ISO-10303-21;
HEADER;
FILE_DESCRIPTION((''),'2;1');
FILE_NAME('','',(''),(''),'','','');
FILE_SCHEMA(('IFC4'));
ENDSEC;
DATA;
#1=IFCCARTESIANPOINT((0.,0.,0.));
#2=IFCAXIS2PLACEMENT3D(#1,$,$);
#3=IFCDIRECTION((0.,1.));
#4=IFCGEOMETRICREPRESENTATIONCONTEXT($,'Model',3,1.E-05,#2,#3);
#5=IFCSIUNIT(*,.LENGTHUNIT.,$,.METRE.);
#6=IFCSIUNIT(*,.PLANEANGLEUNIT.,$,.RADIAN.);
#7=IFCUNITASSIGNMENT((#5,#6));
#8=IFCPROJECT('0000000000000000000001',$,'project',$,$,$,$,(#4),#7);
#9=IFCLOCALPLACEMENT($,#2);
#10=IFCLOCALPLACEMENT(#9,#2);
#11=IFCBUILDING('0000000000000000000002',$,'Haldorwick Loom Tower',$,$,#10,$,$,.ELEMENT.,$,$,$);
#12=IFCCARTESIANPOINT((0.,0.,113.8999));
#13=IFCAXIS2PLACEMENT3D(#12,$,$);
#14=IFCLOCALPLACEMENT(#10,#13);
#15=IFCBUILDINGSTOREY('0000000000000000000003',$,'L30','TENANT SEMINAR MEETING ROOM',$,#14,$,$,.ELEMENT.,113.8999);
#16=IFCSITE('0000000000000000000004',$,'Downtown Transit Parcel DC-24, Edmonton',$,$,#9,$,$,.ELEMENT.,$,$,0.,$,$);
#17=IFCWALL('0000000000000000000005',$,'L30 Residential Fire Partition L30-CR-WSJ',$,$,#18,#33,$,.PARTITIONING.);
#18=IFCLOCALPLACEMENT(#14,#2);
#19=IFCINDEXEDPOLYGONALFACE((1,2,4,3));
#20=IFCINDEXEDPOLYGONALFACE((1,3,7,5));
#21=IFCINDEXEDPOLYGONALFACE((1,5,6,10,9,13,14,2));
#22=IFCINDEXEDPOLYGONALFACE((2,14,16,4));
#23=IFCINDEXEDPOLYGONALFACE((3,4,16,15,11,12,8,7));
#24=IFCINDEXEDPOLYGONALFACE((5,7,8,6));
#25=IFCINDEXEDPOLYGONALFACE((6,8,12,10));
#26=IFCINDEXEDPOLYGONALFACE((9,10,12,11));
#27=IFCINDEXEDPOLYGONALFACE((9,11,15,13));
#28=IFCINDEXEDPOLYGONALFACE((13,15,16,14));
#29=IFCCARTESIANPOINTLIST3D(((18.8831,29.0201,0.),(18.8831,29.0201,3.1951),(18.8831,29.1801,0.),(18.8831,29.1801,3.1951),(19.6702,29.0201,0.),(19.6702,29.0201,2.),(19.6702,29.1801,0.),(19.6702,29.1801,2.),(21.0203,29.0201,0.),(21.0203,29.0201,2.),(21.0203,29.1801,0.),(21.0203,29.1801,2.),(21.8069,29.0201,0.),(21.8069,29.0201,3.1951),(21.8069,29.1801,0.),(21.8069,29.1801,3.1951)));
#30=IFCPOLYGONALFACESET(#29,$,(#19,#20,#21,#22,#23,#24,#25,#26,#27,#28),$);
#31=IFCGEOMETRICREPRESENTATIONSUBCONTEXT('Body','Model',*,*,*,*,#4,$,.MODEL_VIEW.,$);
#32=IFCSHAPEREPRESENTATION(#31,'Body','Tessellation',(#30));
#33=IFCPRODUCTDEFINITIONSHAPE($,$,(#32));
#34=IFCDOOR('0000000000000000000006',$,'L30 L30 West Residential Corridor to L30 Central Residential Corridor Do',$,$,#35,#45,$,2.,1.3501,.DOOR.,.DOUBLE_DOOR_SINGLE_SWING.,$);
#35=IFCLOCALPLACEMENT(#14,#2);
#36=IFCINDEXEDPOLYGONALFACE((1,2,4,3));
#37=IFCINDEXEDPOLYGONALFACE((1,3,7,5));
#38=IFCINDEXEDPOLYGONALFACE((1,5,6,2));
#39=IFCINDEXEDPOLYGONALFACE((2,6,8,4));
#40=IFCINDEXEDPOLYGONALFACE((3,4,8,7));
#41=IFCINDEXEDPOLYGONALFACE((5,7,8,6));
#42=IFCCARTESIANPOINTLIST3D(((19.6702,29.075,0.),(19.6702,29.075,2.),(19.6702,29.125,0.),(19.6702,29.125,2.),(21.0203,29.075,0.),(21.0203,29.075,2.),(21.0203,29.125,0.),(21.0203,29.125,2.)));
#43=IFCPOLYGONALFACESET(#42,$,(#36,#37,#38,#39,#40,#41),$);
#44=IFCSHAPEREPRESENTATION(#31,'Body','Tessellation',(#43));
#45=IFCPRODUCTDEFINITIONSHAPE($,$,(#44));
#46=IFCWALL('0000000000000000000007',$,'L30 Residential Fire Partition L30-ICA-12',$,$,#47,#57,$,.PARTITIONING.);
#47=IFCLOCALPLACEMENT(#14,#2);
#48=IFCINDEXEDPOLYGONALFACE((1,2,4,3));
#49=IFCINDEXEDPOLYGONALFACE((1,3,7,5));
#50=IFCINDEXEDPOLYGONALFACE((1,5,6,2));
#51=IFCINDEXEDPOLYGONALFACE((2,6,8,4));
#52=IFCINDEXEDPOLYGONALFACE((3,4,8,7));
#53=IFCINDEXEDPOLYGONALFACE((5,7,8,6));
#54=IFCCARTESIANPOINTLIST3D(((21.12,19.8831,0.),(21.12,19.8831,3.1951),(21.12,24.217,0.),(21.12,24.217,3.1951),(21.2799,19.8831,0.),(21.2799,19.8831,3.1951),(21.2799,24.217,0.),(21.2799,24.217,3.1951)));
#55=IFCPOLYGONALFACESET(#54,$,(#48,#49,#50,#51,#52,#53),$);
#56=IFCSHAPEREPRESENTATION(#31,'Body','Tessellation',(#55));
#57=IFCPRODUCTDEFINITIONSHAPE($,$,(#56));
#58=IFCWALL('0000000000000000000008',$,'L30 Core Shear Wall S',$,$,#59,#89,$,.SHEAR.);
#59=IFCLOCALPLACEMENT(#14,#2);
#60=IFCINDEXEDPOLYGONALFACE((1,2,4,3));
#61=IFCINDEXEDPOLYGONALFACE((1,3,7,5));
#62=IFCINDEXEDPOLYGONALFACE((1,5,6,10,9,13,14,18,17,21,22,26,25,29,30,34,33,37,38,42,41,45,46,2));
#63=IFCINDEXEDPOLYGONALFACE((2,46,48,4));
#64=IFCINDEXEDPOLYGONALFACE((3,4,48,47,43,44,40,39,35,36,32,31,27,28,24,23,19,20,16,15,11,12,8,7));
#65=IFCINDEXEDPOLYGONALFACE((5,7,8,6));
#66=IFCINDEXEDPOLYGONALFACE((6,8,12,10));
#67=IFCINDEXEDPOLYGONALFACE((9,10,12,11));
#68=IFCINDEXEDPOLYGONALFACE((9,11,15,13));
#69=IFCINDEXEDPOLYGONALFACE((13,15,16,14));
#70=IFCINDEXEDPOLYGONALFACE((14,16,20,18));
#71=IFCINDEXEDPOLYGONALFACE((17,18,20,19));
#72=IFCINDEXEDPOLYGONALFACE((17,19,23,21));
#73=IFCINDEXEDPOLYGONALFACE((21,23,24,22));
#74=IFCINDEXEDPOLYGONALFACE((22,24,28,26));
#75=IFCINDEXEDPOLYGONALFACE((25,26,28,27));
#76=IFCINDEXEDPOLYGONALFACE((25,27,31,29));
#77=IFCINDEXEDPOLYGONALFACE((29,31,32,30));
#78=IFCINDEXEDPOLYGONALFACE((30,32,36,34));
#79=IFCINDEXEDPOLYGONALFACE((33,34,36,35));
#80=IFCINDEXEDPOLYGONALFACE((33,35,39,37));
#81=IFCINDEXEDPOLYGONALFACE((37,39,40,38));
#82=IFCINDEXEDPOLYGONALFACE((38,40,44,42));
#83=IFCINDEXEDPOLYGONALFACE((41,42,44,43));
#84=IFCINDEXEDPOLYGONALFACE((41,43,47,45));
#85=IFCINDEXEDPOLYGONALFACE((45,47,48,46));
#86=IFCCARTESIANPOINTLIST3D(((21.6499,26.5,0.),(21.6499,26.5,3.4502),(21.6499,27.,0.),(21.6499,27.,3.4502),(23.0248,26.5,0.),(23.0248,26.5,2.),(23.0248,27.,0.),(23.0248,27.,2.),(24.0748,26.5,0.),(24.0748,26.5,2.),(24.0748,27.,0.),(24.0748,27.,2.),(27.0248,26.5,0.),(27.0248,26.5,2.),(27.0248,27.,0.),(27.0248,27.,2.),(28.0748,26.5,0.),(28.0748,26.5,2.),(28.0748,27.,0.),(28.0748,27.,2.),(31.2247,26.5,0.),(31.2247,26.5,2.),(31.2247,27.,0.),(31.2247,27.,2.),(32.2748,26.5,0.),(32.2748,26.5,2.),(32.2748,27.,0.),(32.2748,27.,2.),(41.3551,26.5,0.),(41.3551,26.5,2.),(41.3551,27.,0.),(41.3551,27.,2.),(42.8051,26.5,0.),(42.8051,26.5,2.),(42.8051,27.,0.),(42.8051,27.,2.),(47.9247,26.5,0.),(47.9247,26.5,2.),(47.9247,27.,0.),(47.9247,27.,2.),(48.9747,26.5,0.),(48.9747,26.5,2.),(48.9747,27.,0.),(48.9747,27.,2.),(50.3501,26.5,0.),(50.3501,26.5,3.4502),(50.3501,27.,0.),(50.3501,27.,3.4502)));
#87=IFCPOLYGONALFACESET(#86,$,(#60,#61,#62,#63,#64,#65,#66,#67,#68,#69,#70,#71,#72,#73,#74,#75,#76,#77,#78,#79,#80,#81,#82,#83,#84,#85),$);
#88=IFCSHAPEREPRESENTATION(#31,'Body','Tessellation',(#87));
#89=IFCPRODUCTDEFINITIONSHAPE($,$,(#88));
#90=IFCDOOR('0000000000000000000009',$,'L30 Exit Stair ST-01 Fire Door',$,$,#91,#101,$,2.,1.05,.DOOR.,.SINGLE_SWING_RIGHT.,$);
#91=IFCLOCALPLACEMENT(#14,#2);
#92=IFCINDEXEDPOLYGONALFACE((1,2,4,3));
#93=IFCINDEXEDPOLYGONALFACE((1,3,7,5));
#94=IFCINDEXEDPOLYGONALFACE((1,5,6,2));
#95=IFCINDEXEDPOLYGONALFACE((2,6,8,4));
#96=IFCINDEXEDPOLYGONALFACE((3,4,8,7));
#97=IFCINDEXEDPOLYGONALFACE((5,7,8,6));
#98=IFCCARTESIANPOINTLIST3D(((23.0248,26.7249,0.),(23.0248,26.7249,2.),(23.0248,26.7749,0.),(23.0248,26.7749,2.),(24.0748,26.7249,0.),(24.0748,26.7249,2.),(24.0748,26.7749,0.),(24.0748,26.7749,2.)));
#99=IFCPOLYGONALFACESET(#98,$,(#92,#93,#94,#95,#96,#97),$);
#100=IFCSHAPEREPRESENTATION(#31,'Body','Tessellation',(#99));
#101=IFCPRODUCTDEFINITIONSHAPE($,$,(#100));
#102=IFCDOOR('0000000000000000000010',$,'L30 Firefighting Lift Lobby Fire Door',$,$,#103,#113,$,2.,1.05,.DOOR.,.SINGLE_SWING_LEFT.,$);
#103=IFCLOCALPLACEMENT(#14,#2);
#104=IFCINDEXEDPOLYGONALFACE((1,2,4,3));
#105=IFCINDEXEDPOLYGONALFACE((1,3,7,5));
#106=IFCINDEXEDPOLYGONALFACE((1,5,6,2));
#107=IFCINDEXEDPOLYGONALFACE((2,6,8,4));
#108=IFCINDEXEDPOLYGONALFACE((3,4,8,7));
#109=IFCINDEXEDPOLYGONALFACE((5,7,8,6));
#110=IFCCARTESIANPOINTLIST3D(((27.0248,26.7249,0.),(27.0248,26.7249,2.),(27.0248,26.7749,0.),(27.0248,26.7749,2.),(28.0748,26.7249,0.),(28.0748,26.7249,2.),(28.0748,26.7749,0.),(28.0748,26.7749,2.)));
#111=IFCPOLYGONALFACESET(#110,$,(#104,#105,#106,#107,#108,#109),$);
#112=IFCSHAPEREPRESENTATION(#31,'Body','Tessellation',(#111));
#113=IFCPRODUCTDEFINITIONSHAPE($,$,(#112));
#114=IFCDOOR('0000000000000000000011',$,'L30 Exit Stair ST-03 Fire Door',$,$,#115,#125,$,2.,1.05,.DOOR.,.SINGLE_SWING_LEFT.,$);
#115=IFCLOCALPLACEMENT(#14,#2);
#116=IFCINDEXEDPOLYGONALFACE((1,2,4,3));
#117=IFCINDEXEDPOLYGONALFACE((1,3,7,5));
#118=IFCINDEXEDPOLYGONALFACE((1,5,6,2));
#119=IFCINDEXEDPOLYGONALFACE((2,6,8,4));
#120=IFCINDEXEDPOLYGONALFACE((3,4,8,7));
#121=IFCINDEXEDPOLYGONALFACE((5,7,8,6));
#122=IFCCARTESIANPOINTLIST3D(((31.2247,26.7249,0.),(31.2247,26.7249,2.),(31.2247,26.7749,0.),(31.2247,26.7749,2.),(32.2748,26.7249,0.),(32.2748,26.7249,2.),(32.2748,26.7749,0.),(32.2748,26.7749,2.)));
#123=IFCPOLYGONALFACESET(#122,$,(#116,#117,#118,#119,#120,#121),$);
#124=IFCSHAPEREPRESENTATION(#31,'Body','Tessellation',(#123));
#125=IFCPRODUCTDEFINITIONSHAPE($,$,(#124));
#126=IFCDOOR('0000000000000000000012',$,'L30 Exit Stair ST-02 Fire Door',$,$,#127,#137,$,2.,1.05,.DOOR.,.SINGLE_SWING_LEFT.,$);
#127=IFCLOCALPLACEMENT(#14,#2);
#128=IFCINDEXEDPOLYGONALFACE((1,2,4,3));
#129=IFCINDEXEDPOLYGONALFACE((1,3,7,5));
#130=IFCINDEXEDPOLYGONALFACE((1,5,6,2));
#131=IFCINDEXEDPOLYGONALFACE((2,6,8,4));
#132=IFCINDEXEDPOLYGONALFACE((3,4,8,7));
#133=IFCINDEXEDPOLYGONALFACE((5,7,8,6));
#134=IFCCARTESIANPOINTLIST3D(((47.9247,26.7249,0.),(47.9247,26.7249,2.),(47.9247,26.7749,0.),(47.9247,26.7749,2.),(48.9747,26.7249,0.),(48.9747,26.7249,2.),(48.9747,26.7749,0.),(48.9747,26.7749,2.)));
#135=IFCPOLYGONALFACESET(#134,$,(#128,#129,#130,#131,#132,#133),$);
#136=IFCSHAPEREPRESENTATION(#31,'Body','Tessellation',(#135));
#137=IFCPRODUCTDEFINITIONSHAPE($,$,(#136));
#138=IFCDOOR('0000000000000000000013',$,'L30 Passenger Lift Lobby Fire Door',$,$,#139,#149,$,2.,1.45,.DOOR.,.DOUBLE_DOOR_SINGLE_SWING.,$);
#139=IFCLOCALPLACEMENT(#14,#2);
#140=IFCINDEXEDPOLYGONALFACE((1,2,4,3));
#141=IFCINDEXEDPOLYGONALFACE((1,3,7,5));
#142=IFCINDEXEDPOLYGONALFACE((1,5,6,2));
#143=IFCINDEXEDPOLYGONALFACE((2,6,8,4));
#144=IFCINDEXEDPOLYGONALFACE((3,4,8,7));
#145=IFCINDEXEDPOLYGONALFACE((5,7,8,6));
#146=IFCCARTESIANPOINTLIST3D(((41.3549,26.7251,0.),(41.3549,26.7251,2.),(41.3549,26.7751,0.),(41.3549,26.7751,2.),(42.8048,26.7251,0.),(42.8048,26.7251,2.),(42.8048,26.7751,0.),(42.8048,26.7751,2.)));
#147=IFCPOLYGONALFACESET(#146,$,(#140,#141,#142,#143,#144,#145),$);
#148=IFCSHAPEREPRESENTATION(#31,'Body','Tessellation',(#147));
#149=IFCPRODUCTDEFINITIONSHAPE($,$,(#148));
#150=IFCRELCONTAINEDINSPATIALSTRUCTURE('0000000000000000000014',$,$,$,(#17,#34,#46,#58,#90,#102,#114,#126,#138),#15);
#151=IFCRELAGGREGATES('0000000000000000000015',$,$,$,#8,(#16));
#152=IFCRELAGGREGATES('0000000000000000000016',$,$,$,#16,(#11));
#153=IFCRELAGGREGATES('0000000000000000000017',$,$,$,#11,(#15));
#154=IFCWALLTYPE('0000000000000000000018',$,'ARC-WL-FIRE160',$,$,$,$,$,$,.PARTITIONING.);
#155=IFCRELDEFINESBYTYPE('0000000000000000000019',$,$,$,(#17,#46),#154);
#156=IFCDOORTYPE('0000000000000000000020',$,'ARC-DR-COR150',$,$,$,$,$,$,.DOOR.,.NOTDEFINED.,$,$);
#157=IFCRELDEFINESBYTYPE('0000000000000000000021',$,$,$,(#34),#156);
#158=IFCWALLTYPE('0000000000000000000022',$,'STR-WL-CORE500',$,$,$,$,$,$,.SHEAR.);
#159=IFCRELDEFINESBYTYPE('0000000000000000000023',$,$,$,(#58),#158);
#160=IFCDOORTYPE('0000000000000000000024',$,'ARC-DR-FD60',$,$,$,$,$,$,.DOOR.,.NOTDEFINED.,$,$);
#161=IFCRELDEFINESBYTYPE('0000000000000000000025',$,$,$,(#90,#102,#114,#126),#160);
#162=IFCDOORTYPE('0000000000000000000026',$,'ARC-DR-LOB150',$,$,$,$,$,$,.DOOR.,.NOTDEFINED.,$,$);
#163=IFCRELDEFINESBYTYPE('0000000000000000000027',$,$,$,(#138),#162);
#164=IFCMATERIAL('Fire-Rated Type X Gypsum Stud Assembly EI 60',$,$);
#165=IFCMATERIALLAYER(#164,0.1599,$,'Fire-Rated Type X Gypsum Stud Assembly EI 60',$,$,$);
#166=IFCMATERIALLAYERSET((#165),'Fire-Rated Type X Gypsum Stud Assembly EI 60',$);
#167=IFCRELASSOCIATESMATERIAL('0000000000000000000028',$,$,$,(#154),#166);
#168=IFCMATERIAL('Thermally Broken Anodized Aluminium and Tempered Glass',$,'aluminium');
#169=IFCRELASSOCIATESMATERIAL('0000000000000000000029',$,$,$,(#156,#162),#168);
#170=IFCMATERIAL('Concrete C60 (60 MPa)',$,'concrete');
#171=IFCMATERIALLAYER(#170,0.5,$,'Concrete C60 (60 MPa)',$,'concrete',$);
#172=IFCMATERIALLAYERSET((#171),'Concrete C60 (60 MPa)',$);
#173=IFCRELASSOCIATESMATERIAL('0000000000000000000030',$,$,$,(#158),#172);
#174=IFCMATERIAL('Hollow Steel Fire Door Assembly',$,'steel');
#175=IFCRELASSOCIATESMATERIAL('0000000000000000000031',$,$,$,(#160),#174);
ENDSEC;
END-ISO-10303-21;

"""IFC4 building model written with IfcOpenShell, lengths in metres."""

from ifc_helpers import new_model, si_unit, direction, frame, frame_2d, origin, place, context, subcontext, project, spatial, rectangle, extrude, material, layer, layer_set, type_object, element, fill, save


model = new_model("IFC4")

# Units and contexts
model_context = context("Model", 3, precision=1e-05, world=origin(), true_north=direction((0.0, 1.0)))
body_context = subcontext(model_context, "Body", "Model", "MODEL_VIEW")
ifc_project = project(units=[si_unit("LENGTHUNIT", "METRE"), si_unit("PLANEANGLEUNIT", "RADIAN")], contexts=[model_context])

# Site, building, storey
site_placement = place(None, origin())
site = spatial("IfcSite", under=ifc_project, at=site_placement, Name="Downtown Transit Parcel DC-24, Edmonton", CompositionType="ELEMENT", RefElevation=0.0)
building_placement = place(site_placement, origin())
building = spatial("IfcBuilding", under=site, at=building_placement, Name="Haldorwick Loom Tower", CompositionType="ELEMENT")
storey_placement = place(building_placement, frame((0.0, 0.0, 113.8999)))
storey = spatial("IfcBuildingStorey", under=building, at=storey_placement, Name="L30", Description="TENANT SEMINAR MEETING ROOM", CompositionType="ELEMENT", Elevation=113.8999)

# Shared definitions
ifc_material_1 = material(Name="Concrete C60 (60 MPa)", Category="concrete")

# Wall, opening, door
ifc_material_2 = material(Name="Fire-Rated Type X Gypsum Stud Assembly EI 60")
ifc_layer_1 = layer(ifc_material_2, 0.1599, Name="Fire-Rated Type X Gypsum Stud Assembly EI 60")
ifc_layer_set_1 = layer_set([ifc_layer_1], Name="Fire-Rated Type X Gypsum Stud Assembly EI 60")
wall_type_1 = type_object("IfcWallType", Name="ARC-WL-FIRE160", PredefinedType="PARTITIONING", material=ifc_layer_set_1)
wall_1_placement = place(storey_placement, frame((18.8831, 29.1001, 0.0), z_axis=(0.0, 0.0, 1.0), x_axis=(1.0, 0.0, 0.0)))
wall_1 = element("IfcWall", 1, at=wall_1_placement, inside=storey, type_object=wall_type_1, Name="L30 Residential Fire Partition L30-CR-WSJ", PredefinedType="PARTITIONING", context=body_context, shape_type="SweptSolid", body=[
    extrude(rectangle(XDim=2.9238, YDim=0.1599, at=frame_2d((1.4619, 0.0))), origin(), (0.0, 0.0, 1.0), 3.1951),
])
opening_1_placement = place(wall_1_placement, frame((0.7871, 0.0, 0.0)))
opening_1 = element("IfcOpeningElement", 2, at=opening_1_placement, cuts=wall_1, PredefinedType="OPENING", context=body_context, shape_type="SweptSolid", body=[
    extrude(rectangle(XDim=1.3501, YDim=2.0, at=frame_2d((0.675, 1.0))), frame((0.0, 0.0898, 0.0), z_axis=(0.0, -1.0, 0.0), x_axis=(1.0, 0.0, 0.0)), (0.0, 0.0, 1.0), 0.1799),
])
ifc_material_3 = material(Name="Thermally Broken Anodized Aluminium and Tempered Glass", Category="aluminium")
door_type_1 = type_object("IfcDoorType", Name="ARC-DR-COR150", OperationType="NOTDEFINED", PredefinedType="DOOR", material=ifc_material_3)
door_1_placement = place(opening_1_placement, origin())
door_1 = element("IfcDoor", 3, at=door_1_placement, inside=storey, type_object=door_type_1, Name="L30 L30 West Residential Corridor to L30 Central Residential Corridor Do", OperationType="DOUBLE_DOOR_SINGLE_SWING", OverallHeight=2.0, OverallWidth=1.3501, PredefinedType="DOOR", context=body_context, shape_type="SweptSolid", body=[
    extrude(rectangle(XDim=1.3501, YDim=2.0, at=frame_2d((0.675, 1.0))), frame((0.0, 0.0249, 0.0), z_axis=(0.0, -1.0, 0.0), x_axis=(1.0, 0.0, 0.0)), (0.0, 0.0, 1.0), 0.05),
])
fill(opening_1, door_1)

# Wall
wall_2_placement = place(storey_placement, frame((21.2, 24.217, 0.0), z_axis=(0.0, 0.0, 1.0), x_axis=(0.0, -1.0, 0.0)))
element("IfcWall", 4, at=wall_2_placement, inside=storey, type_object=wall_type_1, Name="L30 Residential Fire Partition L30-ICA-12", PredefinedType="PARTITIONING", context=body_context, shape_type="SweptSolid", body=[
    extrude(rectangle(XDim=4.334, YDim=0.1599, at=frame_2d((2.167, 0.0))), origin(), (0.0, 0.0, 1.0), 3.1951),
])

# Wall, openings, doors
ifc_layer_2 = layer(ifc_material_1, 0.5, Name="Concrete C60 (60 MPa)", Category="concrete")
ifc_layer_set_2 = layer_set([ifc_layer_2], Name="Concrete C60 (60 MPa)")
wall_type_2 = type_object("IfcWallType", Name="STR-WL-CORE500", PredefinedType="SHEAR", material=ifc_layer_set_2)
wall_3_placement = place(storey_placement, frame((21.6499, 26.75, 0.0), z_axis=(0.0, 0.0, 1.0), x_axis=(1.0, 0.0, 0.0)))
wall_3 = element("IfcWall", 5, at=wall_3_placement, inside=storey, type_object=wall_type_2, Name="L30 Core Shear Wall S", PredefinedType="SHEAR", context=body_context, shape_type="SweptSolid", body=[
    extrude(rectangle(XDim=28.7002, YDim=0.5, at=frame_2d((14.3501, 0.0))), origin(), (0.0, 0.0, 1.0), 3.4502),
])
opening_2_placement = place(wall_3_placement, frame((1.375, 0.0, 0.0)))
opening_2 = element("IfcOpeningElement", 6, at=opening_2_placement, cuts=wall_3, PredefinedType="OPENING", context=body_context, shape_type="SweptSolid", body=[
    extrude(rectangle(XDim=1.05, YDim=2.0, at=frame_2d((0.5249, 1.0))), frame((0.0, 0.26, 0.0), z_axis=(0.0, -1.0, 0.0), x_axis=(1.0, 0.0, 0.0)), (0.0, 0.0, 1.0), 0.52),
])
opening_3_placement = place(wall_3_placement, frame((5.375, 0.0, 0.0)))
opening_3 = element("IfcOpeningElement", 7, at=opening_3_placement, cuts=wall_3, PredefinedType="OPENING", context=body_context, shape_type="SweptSolid", body=[
    extrude(rectangle(XDim=1.05, YDim=2.0, at=frame_2d((0.5249, 1.0))), frame((0.0, 0.26, 0.0), z_axis=(0.0, -1.0, 0.0), x_axis=(1.0, 0.0, 0.0)), (0.0, 0.0, 1.0), 0.52),
])
opening_4_placement = place(wall_3_placement, frame((9.575, 0.0, 0.0)))
opening_4 = element("IfcOpeningElement", 8, at=opening_4_placement, cuts=wall_3, PredefinedType="OPENING", context=body_context, shape_type="SweptSolid", body=[
    extrude(rectangle(XDim=1.05, YDim=2.0, at=frame_2d((0.5249, 1.0))), frame((0.0, 0.26, 0.0), z_axis=(0.0, -1.0, 0.0), x_axis=(1.0, 0.0, 0.0)), (0.0, 0.0, 1.0), 0.52),
])
opening_5_placement = place(wall_3_placement, frame((19.7051, 0.0, 0.0)))
opening_5 = element("IfcOpeningElement", 9, at=opening_5_placement, cuts=wall_3, PredefinedType="OPENING", context=body_context, shape_type="SweptSolid", body=[
    extrude(rectangle(XDim=1.45, YDim=2.0, at=frame_2d((0.7251, 1.0))), frame((0.0, 0.26, 0.0), z_axis=(0.0, -1.0, 0.0), x_axis=(1.0, 0.0, 0.0)), (0.0, 0.0, 1.0), 0.52),
])
opening_6_placement = place(wall_3_placement, frame((26.2749, 0.0, 0.0)))
opening_6 = element("IfcOpeningElement", 10, at=opening_6_placement, cuts=wall_3, PredefinedType="OPENING", context=body_context, shape_type="SweptSolid", body=[
    extrude(rectangle(XDim=1.05, YDim=2.0, at=frame_2d((0.5249, 1.0))), frame((0.0, 0.26, 0.0), z_axis=(0.0, -1.0, 0.0), x_axis=(1.0, 0.0, 0.0)), (0.0, 0.0, 1.0), 0.52),
])
ifc_material_4 = material(Name="Hollow Steel Fire Door Assembly", Category="steel")
door_type_2 = type_object("IfcDoorType", Name="ARC-DR-FD60", OperationType="NOTDEFINED", PredefinedType="DOOR", material=ifc_material_4)
door_2_placement = place(opening_2_placement, origin())
door_2 = element("IfcDoor", 11, at=door_2_placement, inside=storey, type_object=door_type_2, Name="L30 Exit Stair ST-01 Fire Door", OperationType="SINGLE_SWING_RIGHT", OverallHeight=2.0, OverallWidth=1.05, PredefinedType="DOOR", context=body_context, shape_type="SweptSolid", body=[
    extrude(rectangle(XDim=1.05, YDim=2.0, at=frame_2d((0.5249, 1.0))), frame((0.0, 0.0249, 0.0), z_axis=(0.0, -1.0, 0.0), x_axis=(1.0, 0.0, 0.0)), (0.0, 0.0, 1.0), 0.05),
])
fill(opening_2, door_2)
door_3_placement = place(opening_3_placement, origin())
door_3 = element("IfcDoor", 12, at=door_3_placement, inside=storey, type_object=door_type_2, Name="L30 Firefighting Lift Lobby Fire Door", OperationType="SINGLE_SWING_LEFT", OverallHeight=2.0, OverallWidth=1.05, PredefinedType="DOOR", context=body_context, shape_type="SweptSolid", body=[
    extrude(rectangle(XDim=1.05, YDim=2.0, at=frame_2d((0.5249, 1.0))), frame((0.0, 0.0249, 0.0), z_axis=(0.0, -1.0, 0.0), x_axis=(1.0, 0.0, 0.0)), (0.0, 0.0, 1.0), 0.05),
])
fill(opening_3, door_3)
door_4_placement = place(opening_4_placement, origin())
door_4 = element("IfcDoor", 13, at=door_4_placement, inside=storey, type_object=door_type_2, Name="L30 Exit Stair ST-03 Fire Door", OperationType="SINGLE_SWING_LEFT", OverallHeight=2.0, OverallWidth=1.05, PredefinedType="DOOR", context=body_context, shape_type="SweptSolid", body=[
    extrude(rectangle(XDim=1.05, YDim=2.0, at=frame_2d((0.5249, 1.0))), frame((0.0, 0.0249, 0.0), z_axis=(0.0, -1.0, 0.0), x_axis=(1.0, 0.0, 0.0)), (0.0, 0.0, 1.0), 0.05),
])
fill(opening_4, door_4)
door_5_placement = place(opening_6_placement, origin())
door_5 = element("IfcDoor", 14, at=door_5_placement, inside=storey, type_object=door_type_2, Name="L30 Exit Stair ST-02 Fire Door", OperationType="SINGLE_SWING_LEFT", OverallHeight=2.0, OverallWidth=1.05, PredefinedType="DOOR", context=body_context, shape_type="SweptSolid", body=[
    extrude(rectangle(XDim=1.05, YDim=2.0, at=frame_2d((0.5249, 1.0))), frame((0.0, 0.0249, 0.0), z_axis=(0.0, -1.0, 0.0), x_axis=(1.0, 0.0, 0.0)), (0.0, 0.0, 1.0), 0.05),
])
fill(opening_6, door_5)
door_type_3 = type_object("IfcDoorType", Name="ARC-DR-LOB150", OperationType="NOTDEFINED", PredefinedType="DOOR", material=ifc_material_3)
door_6_placement = place(opening_5_placement, frame((1.45, 0.0, 0.0), z_axis=(0.0, 0.0, 1.0), x_axis=(-1.0, 0.0, 0.0)))
door_6 = element("IfcDoor", 15, at=door_6_placement, inside=storey, type_object=door_type_3, Name="L30 Passenger Lift Lobby Fire Door", OperationType="DOUBLE_DOOR_SINGLE_SWING", OverallHeight=2.0, OverallWidth=1.45, PredefinedType="DOOR", context=body_context, shape_type="SweptSolid", body=[
    extrude(rectangle(XDim=1.45, YDim=2.0, at=frame_2d((0.7251, 1.0))), frame((0.0, 0.0249, 0.0), z_axis=(0.0, -1.0, 0.0), x_axis=(1.0, 0.0, 0.0)), (0.0, 0.0, 1.0), 0.05),
])
fill(opening_5, door_6)

save(model, "model.ifc")
